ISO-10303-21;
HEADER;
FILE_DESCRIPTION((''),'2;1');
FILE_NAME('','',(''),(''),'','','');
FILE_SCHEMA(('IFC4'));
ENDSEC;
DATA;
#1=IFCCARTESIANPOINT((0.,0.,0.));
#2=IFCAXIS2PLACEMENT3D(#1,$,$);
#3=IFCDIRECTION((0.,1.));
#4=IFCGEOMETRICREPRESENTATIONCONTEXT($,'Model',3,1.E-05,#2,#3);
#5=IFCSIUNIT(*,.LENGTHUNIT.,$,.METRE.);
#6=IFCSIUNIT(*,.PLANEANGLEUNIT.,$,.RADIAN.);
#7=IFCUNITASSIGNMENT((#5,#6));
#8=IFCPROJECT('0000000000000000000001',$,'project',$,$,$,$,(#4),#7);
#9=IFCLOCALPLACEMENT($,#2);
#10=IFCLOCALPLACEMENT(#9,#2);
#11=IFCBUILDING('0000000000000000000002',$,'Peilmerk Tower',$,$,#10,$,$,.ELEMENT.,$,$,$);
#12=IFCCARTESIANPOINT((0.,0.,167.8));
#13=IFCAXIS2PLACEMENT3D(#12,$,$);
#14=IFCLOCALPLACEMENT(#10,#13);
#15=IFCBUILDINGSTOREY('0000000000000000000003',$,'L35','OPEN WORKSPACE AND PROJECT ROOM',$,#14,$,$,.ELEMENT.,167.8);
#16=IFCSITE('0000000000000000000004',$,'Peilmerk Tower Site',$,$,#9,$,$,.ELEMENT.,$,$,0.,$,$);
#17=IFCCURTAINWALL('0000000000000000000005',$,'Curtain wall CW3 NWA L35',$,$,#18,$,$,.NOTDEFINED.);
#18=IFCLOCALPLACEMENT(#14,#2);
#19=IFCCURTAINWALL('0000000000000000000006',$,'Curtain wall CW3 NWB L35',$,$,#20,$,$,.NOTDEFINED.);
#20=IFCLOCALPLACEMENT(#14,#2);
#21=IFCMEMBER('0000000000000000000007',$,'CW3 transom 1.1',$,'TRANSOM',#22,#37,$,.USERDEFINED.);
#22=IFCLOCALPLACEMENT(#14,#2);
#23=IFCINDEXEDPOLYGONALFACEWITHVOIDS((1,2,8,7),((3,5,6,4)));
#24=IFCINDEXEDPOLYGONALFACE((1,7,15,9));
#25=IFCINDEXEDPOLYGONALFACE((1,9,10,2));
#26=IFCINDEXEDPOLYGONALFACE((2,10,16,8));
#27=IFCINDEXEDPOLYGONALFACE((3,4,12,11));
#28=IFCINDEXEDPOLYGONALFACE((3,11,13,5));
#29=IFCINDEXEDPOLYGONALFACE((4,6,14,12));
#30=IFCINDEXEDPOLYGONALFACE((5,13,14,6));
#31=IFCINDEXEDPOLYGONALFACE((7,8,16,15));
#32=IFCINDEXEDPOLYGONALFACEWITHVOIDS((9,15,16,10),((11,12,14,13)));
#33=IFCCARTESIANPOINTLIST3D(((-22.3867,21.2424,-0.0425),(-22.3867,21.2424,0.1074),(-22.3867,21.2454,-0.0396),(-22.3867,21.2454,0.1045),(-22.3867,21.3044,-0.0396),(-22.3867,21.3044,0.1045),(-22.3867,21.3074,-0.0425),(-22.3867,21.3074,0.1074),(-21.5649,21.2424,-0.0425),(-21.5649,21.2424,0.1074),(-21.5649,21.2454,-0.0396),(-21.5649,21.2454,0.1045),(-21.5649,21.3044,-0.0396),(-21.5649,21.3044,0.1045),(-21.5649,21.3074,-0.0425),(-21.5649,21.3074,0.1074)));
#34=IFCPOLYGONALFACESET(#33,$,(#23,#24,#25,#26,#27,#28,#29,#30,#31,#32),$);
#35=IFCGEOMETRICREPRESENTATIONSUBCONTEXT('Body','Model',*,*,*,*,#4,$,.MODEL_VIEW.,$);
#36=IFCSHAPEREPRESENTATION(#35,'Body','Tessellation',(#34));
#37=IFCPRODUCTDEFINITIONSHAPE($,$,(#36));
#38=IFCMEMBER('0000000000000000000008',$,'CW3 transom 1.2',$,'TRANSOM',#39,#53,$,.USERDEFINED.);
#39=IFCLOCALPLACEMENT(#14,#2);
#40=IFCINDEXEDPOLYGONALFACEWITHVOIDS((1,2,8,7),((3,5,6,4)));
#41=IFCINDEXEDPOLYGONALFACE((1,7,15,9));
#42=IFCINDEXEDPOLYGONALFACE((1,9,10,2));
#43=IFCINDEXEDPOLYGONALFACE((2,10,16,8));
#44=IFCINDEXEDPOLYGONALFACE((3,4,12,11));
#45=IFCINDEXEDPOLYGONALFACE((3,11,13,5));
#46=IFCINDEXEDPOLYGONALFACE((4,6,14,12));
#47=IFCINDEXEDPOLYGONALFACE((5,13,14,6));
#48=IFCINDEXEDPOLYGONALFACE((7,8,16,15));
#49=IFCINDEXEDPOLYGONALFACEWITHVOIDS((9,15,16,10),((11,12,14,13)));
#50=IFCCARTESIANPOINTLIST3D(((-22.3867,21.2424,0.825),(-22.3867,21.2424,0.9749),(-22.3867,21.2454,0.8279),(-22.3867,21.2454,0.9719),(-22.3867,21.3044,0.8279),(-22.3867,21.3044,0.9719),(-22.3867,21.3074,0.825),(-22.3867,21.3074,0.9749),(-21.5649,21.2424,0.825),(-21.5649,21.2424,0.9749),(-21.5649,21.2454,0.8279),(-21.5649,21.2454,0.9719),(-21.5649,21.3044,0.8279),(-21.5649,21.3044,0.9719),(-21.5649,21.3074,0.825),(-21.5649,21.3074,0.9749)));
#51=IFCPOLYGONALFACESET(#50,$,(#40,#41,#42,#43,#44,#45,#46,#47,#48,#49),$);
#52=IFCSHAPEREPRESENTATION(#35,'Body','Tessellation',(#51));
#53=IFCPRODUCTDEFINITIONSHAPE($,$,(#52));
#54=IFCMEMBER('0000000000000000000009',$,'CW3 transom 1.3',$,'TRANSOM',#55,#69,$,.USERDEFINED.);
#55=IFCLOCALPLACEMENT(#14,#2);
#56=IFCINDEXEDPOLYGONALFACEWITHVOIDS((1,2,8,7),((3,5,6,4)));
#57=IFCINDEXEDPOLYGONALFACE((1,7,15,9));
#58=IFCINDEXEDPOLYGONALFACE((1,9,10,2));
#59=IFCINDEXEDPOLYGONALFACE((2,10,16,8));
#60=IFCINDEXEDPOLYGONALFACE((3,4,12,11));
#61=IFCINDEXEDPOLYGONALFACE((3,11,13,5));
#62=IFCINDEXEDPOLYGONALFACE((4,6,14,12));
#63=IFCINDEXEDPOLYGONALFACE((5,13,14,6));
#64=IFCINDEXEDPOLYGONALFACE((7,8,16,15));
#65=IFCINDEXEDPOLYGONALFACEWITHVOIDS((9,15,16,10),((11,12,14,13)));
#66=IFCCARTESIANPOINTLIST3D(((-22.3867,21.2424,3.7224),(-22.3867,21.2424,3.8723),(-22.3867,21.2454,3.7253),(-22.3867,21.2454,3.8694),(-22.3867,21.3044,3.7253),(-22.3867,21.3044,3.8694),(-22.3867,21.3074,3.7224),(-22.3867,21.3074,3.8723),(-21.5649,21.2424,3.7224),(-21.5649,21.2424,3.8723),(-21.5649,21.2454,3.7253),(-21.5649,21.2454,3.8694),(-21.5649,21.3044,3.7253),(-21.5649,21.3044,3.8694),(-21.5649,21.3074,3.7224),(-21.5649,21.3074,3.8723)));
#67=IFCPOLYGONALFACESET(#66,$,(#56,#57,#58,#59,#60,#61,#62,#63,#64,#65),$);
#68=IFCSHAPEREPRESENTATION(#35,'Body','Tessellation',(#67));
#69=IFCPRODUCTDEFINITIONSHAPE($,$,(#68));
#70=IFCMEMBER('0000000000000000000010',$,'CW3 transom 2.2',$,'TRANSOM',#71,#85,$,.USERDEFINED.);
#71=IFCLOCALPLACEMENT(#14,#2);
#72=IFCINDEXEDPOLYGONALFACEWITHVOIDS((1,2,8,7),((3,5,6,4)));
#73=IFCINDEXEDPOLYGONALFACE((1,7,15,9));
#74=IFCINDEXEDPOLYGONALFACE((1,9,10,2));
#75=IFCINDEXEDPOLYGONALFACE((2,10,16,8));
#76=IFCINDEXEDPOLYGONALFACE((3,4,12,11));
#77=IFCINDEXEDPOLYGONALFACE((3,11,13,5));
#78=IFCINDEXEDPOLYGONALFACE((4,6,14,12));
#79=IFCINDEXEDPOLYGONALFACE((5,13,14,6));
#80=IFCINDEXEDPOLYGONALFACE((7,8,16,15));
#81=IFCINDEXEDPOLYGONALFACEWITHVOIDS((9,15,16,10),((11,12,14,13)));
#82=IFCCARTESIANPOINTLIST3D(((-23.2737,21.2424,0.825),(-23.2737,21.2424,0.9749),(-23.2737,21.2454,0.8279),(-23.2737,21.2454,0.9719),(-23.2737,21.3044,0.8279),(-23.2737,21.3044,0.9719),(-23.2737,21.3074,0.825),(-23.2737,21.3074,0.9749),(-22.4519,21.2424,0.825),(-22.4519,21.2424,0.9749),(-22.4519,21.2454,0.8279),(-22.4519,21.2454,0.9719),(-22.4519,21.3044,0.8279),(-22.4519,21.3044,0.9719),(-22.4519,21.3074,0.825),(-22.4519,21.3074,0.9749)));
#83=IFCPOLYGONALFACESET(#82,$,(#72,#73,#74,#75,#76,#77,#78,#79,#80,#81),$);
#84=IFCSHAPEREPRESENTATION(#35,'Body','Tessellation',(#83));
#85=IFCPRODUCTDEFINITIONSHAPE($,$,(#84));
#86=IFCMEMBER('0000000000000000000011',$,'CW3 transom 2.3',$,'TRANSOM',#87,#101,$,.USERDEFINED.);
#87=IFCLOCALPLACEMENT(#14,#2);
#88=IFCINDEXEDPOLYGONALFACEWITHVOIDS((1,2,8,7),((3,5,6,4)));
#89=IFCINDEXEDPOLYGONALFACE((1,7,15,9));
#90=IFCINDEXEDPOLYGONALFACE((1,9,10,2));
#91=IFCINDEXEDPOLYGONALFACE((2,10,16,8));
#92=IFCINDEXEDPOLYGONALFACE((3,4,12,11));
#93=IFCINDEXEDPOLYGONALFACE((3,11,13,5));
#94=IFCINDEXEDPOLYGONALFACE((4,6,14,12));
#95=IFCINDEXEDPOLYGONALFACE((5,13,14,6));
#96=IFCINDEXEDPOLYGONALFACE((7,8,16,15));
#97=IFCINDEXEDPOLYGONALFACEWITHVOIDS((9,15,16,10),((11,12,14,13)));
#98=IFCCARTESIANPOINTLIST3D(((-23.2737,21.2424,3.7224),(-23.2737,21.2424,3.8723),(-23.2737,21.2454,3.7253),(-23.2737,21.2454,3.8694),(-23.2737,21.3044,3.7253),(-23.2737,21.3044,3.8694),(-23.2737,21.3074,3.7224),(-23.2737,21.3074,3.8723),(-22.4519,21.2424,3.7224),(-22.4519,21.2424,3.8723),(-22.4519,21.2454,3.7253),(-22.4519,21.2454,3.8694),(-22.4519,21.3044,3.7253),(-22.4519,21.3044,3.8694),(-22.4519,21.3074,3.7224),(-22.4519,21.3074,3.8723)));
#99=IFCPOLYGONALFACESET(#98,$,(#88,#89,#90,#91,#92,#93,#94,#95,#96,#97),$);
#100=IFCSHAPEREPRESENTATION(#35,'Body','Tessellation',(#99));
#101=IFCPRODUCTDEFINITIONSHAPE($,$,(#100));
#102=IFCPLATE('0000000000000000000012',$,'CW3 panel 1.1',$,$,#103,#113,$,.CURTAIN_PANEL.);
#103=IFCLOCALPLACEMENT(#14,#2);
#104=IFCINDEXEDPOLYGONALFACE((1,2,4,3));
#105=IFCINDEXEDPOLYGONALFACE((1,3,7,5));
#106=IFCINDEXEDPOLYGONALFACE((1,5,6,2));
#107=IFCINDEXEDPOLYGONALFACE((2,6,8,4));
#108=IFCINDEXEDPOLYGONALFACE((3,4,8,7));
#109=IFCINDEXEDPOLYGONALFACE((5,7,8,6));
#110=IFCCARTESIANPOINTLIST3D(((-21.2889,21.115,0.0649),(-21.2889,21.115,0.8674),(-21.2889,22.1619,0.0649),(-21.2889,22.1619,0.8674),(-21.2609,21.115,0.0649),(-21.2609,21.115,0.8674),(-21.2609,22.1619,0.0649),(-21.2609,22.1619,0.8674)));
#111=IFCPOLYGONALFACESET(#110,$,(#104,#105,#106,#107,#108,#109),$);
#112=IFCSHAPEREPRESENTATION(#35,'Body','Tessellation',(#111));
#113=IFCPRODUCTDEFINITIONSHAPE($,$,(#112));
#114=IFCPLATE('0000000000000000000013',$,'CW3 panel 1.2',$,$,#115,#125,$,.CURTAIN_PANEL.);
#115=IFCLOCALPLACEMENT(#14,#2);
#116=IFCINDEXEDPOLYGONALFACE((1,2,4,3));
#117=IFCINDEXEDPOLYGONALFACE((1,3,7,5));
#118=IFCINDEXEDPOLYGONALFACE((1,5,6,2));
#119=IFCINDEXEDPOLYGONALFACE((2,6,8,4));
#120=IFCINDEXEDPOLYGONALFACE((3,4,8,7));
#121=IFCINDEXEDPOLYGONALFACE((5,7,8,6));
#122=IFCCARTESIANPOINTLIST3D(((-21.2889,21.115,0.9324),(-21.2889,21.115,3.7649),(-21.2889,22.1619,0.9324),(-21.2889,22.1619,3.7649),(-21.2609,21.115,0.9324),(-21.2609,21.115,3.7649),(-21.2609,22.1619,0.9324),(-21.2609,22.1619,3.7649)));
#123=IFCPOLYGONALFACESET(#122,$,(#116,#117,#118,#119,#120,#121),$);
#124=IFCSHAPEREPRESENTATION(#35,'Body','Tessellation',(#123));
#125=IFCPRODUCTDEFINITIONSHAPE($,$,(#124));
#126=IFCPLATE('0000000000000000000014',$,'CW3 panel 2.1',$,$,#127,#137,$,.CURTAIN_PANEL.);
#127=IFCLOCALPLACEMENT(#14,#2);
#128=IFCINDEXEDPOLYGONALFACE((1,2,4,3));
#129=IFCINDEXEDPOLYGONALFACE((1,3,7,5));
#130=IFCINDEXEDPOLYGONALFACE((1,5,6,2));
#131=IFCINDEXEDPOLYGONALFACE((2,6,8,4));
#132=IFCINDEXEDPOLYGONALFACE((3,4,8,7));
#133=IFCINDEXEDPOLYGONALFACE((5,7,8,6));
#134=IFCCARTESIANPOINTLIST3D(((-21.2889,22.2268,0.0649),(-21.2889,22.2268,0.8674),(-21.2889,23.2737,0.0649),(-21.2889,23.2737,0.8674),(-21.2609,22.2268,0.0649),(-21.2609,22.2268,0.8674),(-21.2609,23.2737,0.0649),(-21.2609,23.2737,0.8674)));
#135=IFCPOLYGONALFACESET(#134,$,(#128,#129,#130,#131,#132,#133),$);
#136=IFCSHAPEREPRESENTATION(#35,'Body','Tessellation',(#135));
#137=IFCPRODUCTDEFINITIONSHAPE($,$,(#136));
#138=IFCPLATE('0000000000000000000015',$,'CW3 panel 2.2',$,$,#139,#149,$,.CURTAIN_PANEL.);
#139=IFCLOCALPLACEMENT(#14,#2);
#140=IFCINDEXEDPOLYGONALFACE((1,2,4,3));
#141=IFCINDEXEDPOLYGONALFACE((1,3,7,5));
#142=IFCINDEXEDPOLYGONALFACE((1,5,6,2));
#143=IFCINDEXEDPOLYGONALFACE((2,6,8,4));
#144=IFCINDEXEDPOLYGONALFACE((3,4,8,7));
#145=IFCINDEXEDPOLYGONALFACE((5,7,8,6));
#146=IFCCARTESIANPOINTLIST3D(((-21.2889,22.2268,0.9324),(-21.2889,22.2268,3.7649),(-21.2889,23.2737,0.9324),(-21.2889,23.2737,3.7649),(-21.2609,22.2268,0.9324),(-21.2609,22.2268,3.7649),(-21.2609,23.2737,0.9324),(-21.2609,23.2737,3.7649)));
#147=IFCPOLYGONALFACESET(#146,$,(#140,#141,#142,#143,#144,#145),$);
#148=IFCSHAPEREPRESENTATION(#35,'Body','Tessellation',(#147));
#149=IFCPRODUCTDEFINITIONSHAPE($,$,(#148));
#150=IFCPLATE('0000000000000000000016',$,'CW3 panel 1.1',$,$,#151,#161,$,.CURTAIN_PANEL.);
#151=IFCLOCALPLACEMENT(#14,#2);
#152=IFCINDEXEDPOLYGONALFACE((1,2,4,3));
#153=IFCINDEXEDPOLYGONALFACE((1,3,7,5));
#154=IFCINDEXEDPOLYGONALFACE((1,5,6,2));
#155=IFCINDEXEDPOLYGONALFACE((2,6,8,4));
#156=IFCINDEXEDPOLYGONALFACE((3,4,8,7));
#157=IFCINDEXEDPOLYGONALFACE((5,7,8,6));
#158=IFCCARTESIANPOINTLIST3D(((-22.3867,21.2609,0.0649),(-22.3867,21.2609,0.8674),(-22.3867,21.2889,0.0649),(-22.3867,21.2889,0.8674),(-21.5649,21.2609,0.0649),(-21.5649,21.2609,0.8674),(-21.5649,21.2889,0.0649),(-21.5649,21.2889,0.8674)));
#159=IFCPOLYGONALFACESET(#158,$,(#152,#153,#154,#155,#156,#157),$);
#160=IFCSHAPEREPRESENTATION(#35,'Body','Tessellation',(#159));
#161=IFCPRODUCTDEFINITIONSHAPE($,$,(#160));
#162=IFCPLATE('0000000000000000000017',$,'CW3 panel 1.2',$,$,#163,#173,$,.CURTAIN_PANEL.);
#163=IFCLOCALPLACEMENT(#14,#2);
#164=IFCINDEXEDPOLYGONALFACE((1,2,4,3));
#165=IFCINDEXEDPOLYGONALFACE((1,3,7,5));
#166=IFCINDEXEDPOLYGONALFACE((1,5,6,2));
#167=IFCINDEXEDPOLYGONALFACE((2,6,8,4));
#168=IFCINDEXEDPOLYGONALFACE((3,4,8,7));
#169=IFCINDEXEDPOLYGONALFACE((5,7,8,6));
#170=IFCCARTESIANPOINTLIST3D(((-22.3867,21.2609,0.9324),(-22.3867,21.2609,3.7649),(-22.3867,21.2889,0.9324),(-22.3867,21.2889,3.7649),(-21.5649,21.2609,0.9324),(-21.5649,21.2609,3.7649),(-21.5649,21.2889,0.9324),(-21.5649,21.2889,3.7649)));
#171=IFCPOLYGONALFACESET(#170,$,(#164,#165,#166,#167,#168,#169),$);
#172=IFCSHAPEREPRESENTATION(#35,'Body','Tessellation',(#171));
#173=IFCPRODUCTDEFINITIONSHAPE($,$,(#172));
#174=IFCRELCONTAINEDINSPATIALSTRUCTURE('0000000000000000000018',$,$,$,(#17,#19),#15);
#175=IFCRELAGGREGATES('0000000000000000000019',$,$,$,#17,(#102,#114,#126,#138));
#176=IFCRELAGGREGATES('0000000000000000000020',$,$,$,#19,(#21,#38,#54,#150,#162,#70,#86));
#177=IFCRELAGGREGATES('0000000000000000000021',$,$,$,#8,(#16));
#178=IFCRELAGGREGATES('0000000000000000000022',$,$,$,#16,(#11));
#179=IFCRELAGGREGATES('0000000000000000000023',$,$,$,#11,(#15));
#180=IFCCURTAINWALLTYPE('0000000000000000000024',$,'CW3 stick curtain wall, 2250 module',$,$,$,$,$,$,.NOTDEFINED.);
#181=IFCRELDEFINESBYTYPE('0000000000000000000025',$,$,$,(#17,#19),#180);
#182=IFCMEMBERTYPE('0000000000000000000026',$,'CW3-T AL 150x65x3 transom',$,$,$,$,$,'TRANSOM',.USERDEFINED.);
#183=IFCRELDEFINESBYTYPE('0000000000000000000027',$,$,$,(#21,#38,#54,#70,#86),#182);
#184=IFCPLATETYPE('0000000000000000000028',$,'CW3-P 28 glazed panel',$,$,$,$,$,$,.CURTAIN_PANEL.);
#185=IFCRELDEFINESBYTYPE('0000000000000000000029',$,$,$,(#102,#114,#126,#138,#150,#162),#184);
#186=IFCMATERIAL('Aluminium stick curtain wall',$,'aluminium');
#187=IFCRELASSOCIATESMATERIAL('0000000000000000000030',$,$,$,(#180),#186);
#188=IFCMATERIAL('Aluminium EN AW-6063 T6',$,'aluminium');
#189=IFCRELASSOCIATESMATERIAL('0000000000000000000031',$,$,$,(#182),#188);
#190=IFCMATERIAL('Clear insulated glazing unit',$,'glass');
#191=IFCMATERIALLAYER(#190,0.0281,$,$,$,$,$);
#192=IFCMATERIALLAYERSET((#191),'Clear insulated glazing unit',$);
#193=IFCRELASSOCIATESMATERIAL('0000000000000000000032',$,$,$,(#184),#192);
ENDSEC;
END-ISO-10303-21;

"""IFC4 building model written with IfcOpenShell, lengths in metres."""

from ifc_helpers import new_model, si_unit, direction, frame, origin, origin_2d, place, context, subcontext, project, spatial, rectangle, hollow_rectangle, extrude, material, layer, layer_set, material_profile, profile_set, type_object, element, aggregate, save


model = new_model("IFC4")

# Units and contexts
model_context = context("Model", 3, precision=1e-05, world=origin(), true_north=direction((0.0, 1.0)))
body_context = subcontext(model_context, "Body", "Model", "MODEL_VIEW")
ifc_project = project(units=[si_unit("LENGTHUNIT", "METRE"), si_unit("PLANEANGLEUNIT", "RADIAN")], contexts=[model_context])

# Site, building, storey
site_placement = place(None, origin())
site = spatial("IfcSite", under=ifc_project, at=site_placement, Name="Peilmerk Tower Site", CompositionType="ELEMENT", RefElevation=0.0)
building_placement = place(site_placement, origin())
building = spatial("IfcBuilding", under=site, at=building_placement, Name="Peilmerk Tower", CompositionType="ELEMENT")
storey_placement = place(building_placement, frame((0.0, 0.0, 167.8)))
storey = spatial("IfcBuildingStorey", under=building, at=storey_placement, Name="L35", Description="OPEN WORKSPACE AND PROJECT ROOM", CompositionType="ELEMENT", Elevation=167.8)

# Curtain walls
ifc_material_1 = material(Name="Aluminium stick curtain wall", Category="aluminium")
curtain_wall_type = type_object("IfcCurtainWallType", Name="CW3 stick curtain wall, 2250 module", PredefinedType="NOTDEFINED", material=ifc_material_1)
curtain_wall_1_placement = place(storey_placement, origin())
curtain_wall_1 = element("IfcCurtainWall", 1, at=curtain_wall_1_placement, inside=storey, type_object=curtain_wall_type, Name="Curtain wall CW3 NWA L35", PredefinedType="NOTDEFINED")
ifc_material_2 = material(Name="Aluminium EN AW-6063 T6", Category="aluminium")
curtain_wall_2_placement = place(storey_placement, origin())
curtain_wall_2 = element("IfcCurtainWall", 2, at=curtain_wall_2_placement, inside=storey, type_object=curtain_wall_type, Name="Curtain wall CW3 NWB L35", PredefinedType="NOTDEFINED")

# Members
ifc_material_profile_1 = material_profile(ifc_material_2, hollow_rectangle(XDim=0.0649, YDim=0.1499, WallThickness=0.0029, at=origin_2d()), Name="AL 150x65x3")
ifc_profile_set_1 = profile_set([ifc_material_profile_1], Name="Aluminium EN AW-6063 T6")
member_type_1 = type_object("IfcMemberType", Name="CW3-T AL 150x65x3 transom", ElementType="TRANSOM", PredefinedType="USERDEFINED", material=ifc_profile_set_1)
member_1_placement = place(storey_placement, frame((-21.5649, 21.2749, 0.0325), z_axis=(-1.0, 0.0, 0.0), x_axis=(0.0, -1.0, 0.0)))
member_1 = element("IfcMember", 3, at=member_1_placement, type_object=member_type_1, Name="CW3 transom 1.1", ObjectType="TRANSOM", PredefinedType="USERDEFINED", context=body_context, shape_type="SweptSolid", body=[
    extrude(hollow_rectangle(XDim=0.0649, YDim=0.1499, WallThickness=0.0029, at=origin_2d()), origin(), (0.0, 0.0, 1.0), 0.8218),
])
member_2_placement = place(storey_placement, frame((-21.5649, 21.2749, 0.8999), z_axis=(-1.0, 0.0, 0.0), x_axis=(0.0, -1.0, 0.0)))
member_2 = element("IfcMember", 4, at=member_2_placement, type_object=member_type_1, Name="CW3 transom 1.2", ObjectType="TRANSOM", PredefinedType="USERDEFINED", context=body_context, shape_type="SweptSolid", body=[
    extrude(hollow_rectangle(XDim=0.0649, YDim=0.1499, WallThickness=0.0029, at=origin_2d()), origin(), (0.0, 0.0, 1.0), 0.8218),
])
member_3_placement = place(storey_placement, frame((-21.5649, 21.2749, 3.7974), z_axis=(-1.0, 0.0, 0.0), x_axis=(0.0, -1.0, 0.0)))
member_3 = element("IfcMember", 5, at=member_3_placement, type_object=member_type_1, Name="CW3 transom 1.3", ObjectType="TRANSOM", PredefinedType="USERDEFINED", context=body_context, shape_type="SweptSolid", body=[
    extrude(hollow_rectangle(XDim=0.0649, YDim=0.1499, WallThickness=0.0029, at=origin_2d()), origin(), (0.0, 0.0, 1.0), 0.8218),
])
member_4_placement = place(storey_placement, frame((-22.4519, 21.2749, 0.8999), z_axis=(-1.0, 0.0, 0.0), x_axis=(0.0, -1.0, 0.0)))
member_4 = element("IfcMember", 6, at=member_4_placement, type_object=member_type_1, Name="CW3 transom 2.2", ObjectType="TRANSOM", PredefinedType="USERDEFINED", context=body_context, shape_type="SweptSolid", body=[
    extrude(hollow_rectangle(XDim=0.0649, YDim=0.1499, WallThickness=0.0029, at=origin_2d()), origin(), (0.0, 0.0, 1.0), 0.8218),
])
member_5_placement = place(storey_placement, frame((-22.4519, 21.2749, 3.7974), z_axis=(-1.0, 0.0, 0.0), x_axis=(0.0, -1.0, 0.0)))
member_5 = element("IfcMember", 7, at=member_5_placement, type_object=member_type_1, Name="CW3 transom 2.3", ObjectType="TRANSOM", PredefinedType="USERDEFINED", context=body_context, shape_type="SweptSolid", body=[
    extrude(hollow_rectangle(XDim=0.0649, YDim=0.1499, WallThickness=0.0029, at=origin_2d()), origin(), (0.0, 0.0, 1.0), 0.8218),
])

# Plates
ifc_material_3 = material(Name="Clear insulated glazing unit", Category="glass")
ifc_layer_1 = layer(ifc_material_3, 0.0281)
ifc_layer_set_1 = layer_set([ifc_layer_1], Name="Clear insulated glazing unit")
plate_type = type_object("IfcPlateType", Name="CW3-P 28 glazed panel", PredefinedType="CURTAIN_PANEL", material=ifc_layer_set_1)
plate_1_placement = place(storey_placement, frame((-21.2749, 21.6384, 0.0649), z_axis=(0.0, 0.0, 1.0), x_axis=(0.0, 1.0, 0.0)))
plate_1 = element("IfcPlate", 8, at=plate_1_placement, type_object=plate_type, Name="CW3 panel 1.1", PredefinedType="CURTAIN_PANEL", context=body_context, shape_type="SweptSolid", body=[
    extrude(rectangle(XDim=1.0469, YDim=0.0281, at=origin_2d()), origin(), (0.0, 0.0, 1.0), 0.8025),
])
plate_2_placement = place(storey_placement, frame((-21.2749, 21.6384, 0.9324), z_axis=(0.0, 0.0, 1.0), x_axis=(0.0, 1.0, 0.0)))
plate_2 = element("IfcPlate", 9, at=plate_2_placement, type_object=plate_type, Name="CW3 panel 1.2", PredefinedType="CURTAIN_PANEL", context=body_context, shape_type="SweptSolid", body=[
    extrude(rectangle(XDim=1.0469, YDim=0.0281, at=origin_2d()), origin(), (0.0, 0.0, 1.0), 2.8325),
])
plate_3_placement = place(storey_placement, frame((-21.2749, 22.7502, 0.0649), z_axis=(0.0, 0.0, 1.0), x_axis=(0.0, 1.0, 0.0)))
plate_3 = element("IfcPlate", 10, at=plate_3_placement, type_object=plate_type, Name="CW3 panel 2.1", PredefinedType="CURTAIN_PANEL", context=body_context, shape_type="SweptSolid", body=[
    extrude(rectangle(XDim=1.0469, YDim=0.0281, at=origin_2d()), origin(), (0.0, 0.0, 1.0), 0.8025),
])
plate_4_placement = place(storey_placement, frame((-21.2749, 22.7502, 0.9324), z_axis=(0.0, 0.0, 1.0), x_axis=(0.0, 1.0, 0.0)))
plate_4 = element("IfcPlate", 11, at=plate_4_placement, type_object=plate_type, Name="CW3 panel 2.2", PredefinedType="CURTAIN_PANEL", context=body_context, shape_type="SweptSolid", body=[
    extrude(rectangle(XDim=1.0469, YDim=0.0281, at=origin_2d()), origin(), (0.0, 0.0, 1.0), 2.8325),
])
aggregate(curtain_wall_1, [plate_1, plate_2, plate_3, plate_4])
plate_5_placement = place(storey_placement, frame((-21.9758, 21.2749, 0.0649), z_axis=(0.0, 0.0, 1.0), x_axis=(-1.0, 0.0, 0.0)))
plate_5 = element("IfcPlate", 12, at=plate_5_placement, type_object=plate_type, Name="CW3 panel 1.1", PredefinedType="CURTAIN_PANEL", context=body_context, shape_type="SweptSolid", body=[
    extrude(rectangle(XDim=0.8218, YDim=0.0281, at=origin_2d()), origin(), (0.0, 0.0, 1.0), 0.8025),
])
plate_6_placement = place(storey_placement, frame((-21.9758, 21.2749, 0.9324), z_axis=(0.0, 0.0, 1.0), x_axis=(-1.0, 0.0, 0.0)))
plate_6 = element("IfcPlate", 13, at=plate_6_placement, type_object=plate_type, Name="CW3 panel 1.2", PredefinedType="CURTAIN_PANEL", context=body_context, shape_type="SweptSolid", body=[
    extrude(rectangle(XDim=0.8218, YDim=0.0281, at=origin_2d()), origin(), (0.0, 0.0, 1.0), 2.8325),
])
aggregate(curtain_wall_2, [member_1, member_2, member_3, plate_5, plate_6, member_4, member_5])

save(model, "model.ifc")
